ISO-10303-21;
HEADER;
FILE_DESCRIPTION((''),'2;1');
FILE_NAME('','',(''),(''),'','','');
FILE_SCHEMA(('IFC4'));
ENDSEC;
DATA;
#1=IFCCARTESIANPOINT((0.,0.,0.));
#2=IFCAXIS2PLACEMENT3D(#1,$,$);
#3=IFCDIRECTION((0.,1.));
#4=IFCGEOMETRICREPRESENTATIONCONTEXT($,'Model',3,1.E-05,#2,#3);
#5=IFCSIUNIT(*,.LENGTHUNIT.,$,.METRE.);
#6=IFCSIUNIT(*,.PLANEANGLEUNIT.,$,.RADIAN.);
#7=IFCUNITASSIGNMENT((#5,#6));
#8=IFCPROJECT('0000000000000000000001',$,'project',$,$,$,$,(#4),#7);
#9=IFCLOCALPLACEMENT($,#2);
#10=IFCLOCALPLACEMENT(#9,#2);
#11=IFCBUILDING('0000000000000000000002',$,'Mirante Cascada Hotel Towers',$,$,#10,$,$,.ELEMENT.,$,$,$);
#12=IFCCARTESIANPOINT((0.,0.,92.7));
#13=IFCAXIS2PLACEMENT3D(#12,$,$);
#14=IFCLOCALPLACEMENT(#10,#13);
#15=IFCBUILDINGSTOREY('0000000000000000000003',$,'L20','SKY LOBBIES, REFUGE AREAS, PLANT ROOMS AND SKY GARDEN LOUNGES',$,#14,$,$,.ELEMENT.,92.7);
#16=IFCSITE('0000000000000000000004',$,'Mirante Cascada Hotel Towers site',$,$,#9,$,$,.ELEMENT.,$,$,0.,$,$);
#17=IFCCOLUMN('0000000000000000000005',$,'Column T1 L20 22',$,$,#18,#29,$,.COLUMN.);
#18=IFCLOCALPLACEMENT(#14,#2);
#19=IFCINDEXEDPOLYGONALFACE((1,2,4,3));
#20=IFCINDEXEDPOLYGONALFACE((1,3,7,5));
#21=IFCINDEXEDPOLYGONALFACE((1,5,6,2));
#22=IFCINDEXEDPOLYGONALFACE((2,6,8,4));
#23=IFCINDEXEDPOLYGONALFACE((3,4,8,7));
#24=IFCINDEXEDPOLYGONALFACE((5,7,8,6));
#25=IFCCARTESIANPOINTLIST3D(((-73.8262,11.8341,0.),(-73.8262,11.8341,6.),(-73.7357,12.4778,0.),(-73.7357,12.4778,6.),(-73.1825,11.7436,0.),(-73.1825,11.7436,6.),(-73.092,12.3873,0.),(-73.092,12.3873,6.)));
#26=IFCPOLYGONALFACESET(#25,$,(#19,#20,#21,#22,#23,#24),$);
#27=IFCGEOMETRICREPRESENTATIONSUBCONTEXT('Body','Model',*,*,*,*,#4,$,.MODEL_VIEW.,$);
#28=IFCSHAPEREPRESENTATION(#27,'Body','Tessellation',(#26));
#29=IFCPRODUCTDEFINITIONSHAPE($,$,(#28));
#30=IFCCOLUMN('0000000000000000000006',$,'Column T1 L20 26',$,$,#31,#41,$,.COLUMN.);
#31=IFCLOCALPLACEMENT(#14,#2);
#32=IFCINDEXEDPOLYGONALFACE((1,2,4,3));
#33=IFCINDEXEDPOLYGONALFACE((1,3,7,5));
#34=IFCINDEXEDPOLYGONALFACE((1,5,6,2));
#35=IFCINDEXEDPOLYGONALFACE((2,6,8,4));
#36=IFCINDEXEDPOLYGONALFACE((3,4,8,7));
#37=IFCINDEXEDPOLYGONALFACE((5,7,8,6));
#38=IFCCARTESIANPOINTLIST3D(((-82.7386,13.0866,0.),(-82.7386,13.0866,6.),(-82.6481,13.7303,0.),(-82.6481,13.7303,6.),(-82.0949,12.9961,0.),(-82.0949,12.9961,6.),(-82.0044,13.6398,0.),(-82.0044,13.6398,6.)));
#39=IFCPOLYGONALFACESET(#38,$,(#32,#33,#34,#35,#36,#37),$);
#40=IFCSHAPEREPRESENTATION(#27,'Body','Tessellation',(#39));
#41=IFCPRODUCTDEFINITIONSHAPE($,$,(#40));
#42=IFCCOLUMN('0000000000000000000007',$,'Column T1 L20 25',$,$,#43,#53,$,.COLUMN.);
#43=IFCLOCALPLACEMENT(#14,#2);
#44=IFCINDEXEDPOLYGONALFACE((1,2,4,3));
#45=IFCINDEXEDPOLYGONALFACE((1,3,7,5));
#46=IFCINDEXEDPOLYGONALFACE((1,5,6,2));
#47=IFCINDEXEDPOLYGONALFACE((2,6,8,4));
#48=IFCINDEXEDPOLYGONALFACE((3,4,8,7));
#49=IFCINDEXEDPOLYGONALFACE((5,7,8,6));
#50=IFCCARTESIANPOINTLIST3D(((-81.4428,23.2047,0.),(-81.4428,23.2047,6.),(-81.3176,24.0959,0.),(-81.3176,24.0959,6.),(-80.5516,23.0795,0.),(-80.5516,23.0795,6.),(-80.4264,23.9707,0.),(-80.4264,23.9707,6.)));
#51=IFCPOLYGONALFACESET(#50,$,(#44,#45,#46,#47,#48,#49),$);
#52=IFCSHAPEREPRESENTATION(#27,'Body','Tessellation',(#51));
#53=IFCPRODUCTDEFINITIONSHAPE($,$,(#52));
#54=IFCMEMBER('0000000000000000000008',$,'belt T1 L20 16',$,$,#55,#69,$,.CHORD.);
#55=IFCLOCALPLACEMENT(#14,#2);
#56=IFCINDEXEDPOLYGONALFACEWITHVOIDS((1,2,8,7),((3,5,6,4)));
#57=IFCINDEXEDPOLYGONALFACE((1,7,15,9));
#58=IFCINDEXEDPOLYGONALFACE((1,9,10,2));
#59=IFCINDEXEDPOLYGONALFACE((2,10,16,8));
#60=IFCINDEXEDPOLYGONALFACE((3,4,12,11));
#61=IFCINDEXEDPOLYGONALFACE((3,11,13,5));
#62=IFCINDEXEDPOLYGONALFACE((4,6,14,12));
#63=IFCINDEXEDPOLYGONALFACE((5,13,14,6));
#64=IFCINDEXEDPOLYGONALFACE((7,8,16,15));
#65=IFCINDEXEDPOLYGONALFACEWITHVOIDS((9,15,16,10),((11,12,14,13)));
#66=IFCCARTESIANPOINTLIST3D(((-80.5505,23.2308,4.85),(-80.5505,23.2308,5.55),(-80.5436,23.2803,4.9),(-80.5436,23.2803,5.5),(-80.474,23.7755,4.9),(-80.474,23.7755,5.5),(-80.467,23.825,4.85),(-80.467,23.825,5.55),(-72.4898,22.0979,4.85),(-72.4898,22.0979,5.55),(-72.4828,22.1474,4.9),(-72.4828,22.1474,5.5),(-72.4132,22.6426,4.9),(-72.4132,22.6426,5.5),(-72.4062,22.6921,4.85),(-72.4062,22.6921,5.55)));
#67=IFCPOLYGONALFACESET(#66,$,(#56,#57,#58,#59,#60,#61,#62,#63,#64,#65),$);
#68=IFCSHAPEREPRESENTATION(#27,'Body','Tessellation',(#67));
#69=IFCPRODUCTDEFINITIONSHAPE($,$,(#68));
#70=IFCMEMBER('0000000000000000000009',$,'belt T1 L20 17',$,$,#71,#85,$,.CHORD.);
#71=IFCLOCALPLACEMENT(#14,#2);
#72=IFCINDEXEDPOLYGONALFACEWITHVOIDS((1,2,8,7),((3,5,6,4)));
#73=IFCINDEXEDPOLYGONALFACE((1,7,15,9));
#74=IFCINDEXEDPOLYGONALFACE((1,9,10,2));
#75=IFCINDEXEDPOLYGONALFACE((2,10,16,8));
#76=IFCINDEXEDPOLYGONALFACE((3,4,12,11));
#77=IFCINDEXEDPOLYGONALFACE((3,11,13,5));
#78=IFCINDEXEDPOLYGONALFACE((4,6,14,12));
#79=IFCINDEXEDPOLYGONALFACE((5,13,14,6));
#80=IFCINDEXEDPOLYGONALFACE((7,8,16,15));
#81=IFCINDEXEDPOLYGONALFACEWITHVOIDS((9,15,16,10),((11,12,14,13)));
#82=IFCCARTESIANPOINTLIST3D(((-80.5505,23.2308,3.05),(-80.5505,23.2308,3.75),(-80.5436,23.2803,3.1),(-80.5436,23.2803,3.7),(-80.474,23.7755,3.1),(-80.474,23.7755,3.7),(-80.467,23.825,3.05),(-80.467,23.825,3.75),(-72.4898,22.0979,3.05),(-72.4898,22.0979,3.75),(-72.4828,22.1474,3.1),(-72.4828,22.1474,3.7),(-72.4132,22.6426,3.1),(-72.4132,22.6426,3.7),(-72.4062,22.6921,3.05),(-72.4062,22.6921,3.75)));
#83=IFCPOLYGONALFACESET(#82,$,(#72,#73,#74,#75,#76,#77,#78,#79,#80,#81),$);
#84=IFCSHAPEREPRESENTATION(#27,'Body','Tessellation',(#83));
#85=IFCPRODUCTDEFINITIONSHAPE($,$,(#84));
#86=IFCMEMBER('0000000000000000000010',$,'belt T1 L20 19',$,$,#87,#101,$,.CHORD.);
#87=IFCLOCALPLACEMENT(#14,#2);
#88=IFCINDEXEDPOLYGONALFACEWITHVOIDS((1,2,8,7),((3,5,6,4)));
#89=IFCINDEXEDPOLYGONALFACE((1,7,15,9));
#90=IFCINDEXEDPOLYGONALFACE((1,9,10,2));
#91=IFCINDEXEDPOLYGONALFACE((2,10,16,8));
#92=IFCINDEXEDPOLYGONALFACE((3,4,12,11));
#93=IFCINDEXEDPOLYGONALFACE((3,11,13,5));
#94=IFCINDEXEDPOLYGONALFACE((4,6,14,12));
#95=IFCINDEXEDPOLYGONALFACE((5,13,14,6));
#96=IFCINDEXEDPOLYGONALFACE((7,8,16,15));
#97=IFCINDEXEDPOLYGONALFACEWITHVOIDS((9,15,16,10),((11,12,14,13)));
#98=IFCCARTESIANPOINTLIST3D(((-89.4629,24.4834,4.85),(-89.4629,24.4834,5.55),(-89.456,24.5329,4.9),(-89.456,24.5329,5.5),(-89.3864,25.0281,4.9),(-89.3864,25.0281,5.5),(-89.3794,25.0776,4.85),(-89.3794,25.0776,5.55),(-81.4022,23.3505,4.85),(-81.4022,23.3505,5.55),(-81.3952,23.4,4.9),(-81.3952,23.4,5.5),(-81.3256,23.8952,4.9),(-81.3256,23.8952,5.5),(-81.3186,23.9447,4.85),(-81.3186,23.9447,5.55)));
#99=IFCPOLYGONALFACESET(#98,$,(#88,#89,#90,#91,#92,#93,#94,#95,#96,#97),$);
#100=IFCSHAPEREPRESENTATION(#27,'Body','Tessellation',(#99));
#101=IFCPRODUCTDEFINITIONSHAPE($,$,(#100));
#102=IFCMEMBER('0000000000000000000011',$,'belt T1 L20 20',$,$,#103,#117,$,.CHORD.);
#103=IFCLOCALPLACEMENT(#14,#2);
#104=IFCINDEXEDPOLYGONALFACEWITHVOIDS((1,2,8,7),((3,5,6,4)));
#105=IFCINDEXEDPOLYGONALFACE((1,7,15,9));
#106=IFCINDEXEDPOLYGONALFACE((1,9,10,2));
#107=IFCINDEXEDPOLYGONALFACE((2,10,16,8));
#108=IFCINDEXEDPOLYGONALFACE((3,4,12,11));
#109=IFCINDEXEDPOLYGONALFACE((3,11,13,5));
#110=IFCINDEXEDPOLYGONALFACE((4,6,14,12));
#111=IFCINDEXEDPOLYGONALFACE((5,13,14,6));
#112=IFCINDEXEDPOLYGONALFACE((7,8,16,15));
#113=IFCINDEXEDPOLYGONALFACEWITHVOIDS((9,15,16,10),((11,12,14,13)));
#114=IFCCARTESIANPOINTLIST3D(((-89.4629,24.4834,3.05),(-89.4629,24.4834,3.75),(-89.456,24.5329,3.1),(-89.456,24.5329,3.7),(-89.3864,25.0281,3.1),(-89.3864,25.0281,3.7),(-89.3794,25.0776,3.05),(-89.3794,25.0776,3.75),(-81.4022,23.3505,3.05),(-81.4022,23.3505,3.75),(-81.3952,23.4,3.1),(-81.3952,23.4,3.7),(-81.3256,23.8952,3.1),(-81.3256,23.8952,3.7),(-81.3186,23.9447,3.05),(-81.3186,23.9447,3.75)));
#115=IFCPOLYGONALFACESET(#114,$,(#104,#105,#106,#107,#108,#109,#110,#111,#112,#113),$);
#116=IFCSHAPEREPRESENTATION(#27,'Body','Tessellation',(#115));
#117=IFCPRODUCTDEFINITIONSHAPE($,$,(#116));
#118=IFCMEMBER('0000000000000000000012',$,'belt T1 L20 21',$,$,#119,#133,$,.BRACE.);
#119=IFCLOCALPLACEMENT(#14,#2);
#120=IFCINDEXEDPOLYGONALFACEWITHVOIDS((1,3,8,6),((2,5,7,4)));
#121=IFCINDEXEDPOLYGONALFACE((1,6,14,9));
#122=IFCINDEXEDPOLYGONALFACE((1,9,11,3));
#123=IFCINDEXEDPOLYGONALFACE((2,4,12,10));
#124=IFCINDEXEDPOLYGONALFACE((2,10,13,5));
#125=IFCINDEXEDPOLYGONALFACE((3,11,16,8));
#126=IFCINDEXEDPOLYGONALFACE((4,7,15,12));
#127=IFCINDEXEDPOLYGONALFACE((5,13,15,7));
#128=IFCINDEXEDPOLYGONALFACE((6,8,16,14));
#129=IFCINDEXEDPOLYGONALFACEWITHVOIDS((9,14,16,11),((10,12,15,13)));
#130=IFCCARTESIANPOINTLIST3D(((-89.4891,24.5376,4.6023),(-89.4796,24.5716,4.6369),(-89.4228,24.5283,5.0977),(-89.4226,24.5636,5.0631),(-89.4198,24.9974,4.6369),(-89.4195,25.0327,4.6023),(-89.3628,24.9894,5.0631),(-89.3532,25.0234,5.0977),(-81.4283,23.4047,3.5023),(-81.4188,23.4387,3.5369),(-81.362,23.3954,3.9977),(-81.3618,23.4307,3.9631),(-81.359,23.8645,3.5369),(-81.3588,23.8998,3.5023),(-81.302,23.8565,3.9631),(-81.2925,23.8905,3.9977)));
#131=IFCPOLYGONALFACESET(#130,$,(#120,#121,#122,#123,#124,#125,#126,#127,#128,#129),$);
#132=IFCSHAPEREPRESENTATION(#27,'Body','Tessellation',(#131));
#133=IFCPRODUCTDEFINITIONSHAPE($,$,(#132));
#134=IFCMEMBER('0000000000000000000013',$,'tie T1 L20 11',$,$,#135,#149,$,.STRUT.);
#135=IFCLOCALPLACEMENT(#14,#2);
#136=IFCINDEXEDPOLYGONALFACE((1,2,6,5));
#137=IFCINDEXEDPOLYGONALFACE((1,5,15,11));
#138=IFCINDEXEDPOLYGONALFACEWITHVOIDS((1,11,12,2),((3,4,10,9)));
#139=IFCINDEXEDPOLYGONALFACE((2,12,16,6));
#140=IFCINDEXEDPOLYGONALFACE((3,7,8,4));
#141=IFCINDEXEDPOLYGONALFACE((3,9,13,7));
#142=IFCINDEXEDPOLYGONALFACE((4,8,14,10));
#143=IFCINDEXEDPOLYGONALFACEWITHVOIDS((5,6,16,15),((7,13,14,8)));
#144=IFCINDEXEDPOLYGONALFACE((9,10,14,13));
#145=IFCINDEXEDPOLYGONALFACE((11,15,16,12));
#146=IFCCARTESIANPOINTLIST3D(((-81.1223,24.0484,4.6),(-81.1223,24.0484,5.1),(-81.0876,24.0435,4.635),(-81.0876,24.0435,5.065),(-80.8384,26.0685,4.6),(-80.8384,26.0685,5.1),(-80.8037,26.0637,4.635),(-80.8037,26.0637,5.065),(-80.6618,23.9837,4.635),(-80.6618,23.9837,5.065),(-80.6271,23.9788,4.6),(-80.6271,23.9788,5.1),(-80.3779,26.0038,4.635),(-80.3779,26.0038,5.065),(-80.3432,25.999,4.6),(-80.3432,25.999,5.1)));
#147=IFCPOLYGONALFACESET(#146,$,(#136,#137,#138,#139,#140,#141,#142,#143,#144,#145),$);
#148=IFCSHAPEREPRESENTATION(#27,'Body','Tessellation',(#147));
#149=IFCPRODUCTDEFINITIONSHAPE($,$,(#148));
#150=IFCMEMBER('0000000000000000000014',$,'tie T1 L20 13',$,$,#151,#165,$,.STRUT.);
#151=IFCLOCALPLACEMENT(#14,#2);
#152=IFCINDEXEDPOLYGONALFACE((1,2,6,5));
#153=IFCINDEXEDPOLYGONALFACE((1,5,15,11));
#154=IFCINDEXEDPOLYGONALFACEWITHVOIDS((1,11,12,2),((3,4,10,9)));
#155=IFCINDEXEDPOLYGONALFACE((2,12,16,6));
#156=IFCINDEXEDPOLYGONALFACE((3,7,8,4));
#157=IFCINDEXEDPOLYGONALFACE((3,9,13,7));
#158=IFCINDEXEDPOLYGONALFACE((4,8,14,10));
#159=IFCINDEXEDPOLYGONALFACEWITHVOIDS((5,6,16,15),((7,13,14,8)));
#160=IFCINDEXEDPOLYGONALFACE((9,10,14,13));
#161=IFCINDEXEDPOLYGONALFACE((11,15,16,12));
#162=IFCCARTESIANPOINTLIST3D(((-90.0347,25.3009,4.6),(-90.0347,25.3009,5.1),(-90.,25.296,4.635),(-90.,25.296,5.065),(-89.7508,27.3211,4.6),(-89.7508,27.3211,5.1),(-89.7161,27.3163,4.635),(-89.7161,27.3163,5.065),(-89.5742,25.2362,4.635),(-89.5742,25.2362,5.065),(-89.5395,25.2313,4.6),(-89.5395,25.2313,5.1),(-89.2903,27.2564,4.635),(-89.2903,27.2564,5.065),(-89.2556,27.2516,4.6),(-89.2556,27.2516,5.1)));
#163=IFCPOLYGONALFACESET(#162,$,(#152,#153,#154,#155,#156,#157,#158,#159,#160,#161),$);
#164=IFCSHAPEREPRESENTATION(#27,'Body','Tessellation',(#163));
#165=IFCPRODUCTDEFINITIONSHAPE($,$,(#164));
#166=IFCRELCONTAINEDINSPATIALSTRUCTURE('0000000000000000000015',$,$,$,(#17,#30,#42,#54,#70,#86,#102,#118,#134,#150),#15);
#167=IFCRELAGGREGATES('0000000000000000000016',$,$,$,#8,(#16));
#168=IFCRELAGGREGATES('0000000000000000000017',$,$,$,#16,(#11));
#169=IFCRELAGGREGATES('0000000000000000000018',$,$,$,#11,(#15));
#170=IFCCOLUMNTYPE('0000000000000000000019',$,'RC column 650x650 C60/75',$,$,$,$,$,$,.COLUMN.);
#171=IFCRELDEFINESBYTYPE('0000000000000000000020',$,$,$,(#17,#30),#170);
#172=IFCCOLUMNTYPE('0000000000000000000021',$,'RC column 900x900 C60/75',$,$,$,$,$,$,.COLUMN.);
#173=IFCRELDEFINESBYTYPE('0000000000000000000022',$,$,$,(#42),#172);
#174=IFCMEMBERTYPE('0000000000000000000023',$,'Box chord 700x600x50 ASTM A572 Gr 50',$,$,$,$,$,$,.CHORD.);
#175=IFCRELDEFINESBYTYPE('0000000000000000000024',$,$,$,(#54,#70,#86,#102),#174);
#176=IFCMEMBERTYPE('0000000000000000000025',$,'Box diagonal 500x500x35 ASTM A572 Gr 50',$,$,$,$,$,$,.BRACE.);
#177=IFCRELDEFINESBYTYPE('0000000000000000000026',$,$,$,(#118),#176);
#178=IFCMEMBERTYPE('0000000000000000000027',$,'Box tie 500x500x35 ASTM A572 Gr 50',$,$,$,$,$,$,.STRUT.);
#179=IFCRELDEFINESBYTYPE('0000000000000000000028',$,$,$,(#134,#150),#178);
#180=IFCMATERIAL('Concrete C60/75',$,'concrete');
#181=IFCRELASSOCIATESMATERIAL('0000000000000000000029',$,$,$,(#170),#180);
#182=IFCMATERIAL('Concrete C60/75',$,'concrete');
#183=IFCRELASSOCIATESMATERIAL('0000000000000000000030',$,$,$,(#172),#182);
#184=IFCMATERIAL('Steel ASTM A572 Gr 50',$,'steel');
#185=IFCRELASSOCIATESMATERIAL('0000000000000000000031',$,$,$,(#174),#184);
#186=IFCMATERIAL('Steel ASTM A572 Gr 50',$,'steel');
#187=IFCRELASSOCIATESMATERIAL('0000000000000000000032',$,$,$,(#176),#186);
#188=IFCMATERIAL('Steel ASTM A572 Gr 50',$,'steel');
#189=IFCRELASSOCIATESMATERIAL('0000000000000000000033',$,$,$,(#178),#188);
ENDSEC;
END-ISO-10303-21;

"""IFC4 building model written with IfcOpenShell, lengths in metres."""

from ifc_helpers import new_model, si_unit, direction, frame, origin, origin_2d, place, context, subcontext, project, spatial, rectangle, hollow_rectangle, extrude, material, material_profile, profile_set, type_object, element, save


model = new_model("IFC4")

# Units and contexts
model_context = context("Model", 3, precision=1e-05, world=origin(), true_north=direction((0.0, 1.0)))
body_context = subcontext(model_context, "Body", "Model", "MODEL_VIEW")
ifc_project = project(units=[si_unit("LENGTHUNIT", "METRE"), si_unit("PLANEANGLEUNIT", "RADIAN")], contexts=[model_context])

# Site, building, storey
site_placement = place(None, origin())
site = spatial("IfcSite", under=ifc_project, at=site_placement, Name="Mirante Cascada Hotel Towers site", CompositionType="ELEMENT", RefElevation=0.0)
building_placement = place(site_placement, origin())
building = spatial("IfcBuilding", under=site, at=building_placement, Name="Mirante Cascada Hotel Towers", CompositionType="ELEMENT")
storey_placement = place(building_placement, frame((0.0, 0.0, 92.7)))
storey = spatial("IfcBuildingStorey", under=building, at=storey_placement, Name="L20", Description="SKY LOBBIES, REFUGE AREAS, PLANT ROOMS AND SKY GARDEN LOUNGES", CompositionType="ELEMENT", Elevation=92.7)

# Columns
ifc_material_1 = material(Name="Concrete C60/75", Category="concrete")
ifc_material_profile_1 = material_profile(ifc_material_1, rectangle(XDim=0.65, YDim=0.65, at=origin_2d()), Name="RC column 650x650 C60/75")
ifc_profile_set_1 = profile_set([ifc_material_profile_1], Name="Concrete C60/75")
column_type_1 = type_object("IfcColumnType", Name="RC column 650x650 C60/75", PredefinedType="COLUMN", material=ifc_profile_set_1)
for number, where, z_axis, x_axis, name in (
    (1, (-73.4591, 12.1107, 0.0), (0.0, 0.0, 1.0), (-0.990268, 0.139173, 0.0), "Column T1 L20 22"),
    (2, (-82.3715, 13.3632, 0.0), (0.0, 0.0, 1.0), (-0.990268, 0.139173, 0.0), "Column T1 L20 26"),
):
    element("IfcColumn", number, at=place(storey_placement, frame(where, z_axis=z_axis, x_axis=x_axis)), inside=storey, type_object=column_type_1, Name=name, PredefinedType="COLUMN", context=body_context, shape_type="SweptSolid", body=[
        extrude(rectangle(XDim=0.65, YDim=0.65, at=origin_2d()), origin(), (0.0, 0.0, 1.0), 6.0),
    ])
ifc_material_2 = material(Name="Concrete C60/75", Category="concrete")
ifc_material_profile_2 = material_profile(ifc_material_2, rectangle(XDim=0.9, YDim=0.9, at=origin_2d()), Name="RC column 900x900 C60/75")
ifc_profile_set_2 = profile_set([ifc_material_profile_2], Name="Concrete C60/75")
column_type_2 = type_object("IfcColumnType", Name="RC column 900x900 C60/75", PredefinedType="COLUMN", material=ifc_profile_set_2)
column_placement = place(storey_placement, frame((-80.9346, 23.5877, 0.0), z_axis=(0.0, 0.0, 1.0), x_axis=(-0.990268, 0.139173, 0.0)))
element("IfcColumn", 3, at=column_placement, inside=storey, type_object=column_type_2, Name="Column T1 L20 25", PredefinedType="COLUMN", context=body_context, shape_type="SweptSolid", body=[
    extrude(rectangle(XDim=0.9, YDim=0.9, at=origin_2d()), origin(), (0.0, 0.0, 1.0), 6.0),
])

# Members
ifc_material_3 = material(Name="Steel ASTM A572 Gr 50", Category="steel")
ifc_material_profile_3 = material_profile(ifc_material_3, hollow_rectangle(XDim=0.6, YDim=0.7, WallThickness=0.05, at=origin_2d()), Name="Box chord 700x600x50 ASTM A572 Gr 50")
ifc_profile_set_3 = profile_set([ifc_material_profile_3], Name="Steel ASTM A572 Gr 50")
member_type_1 = type_object("IfcMemberType", Name="Box chord 700x600x50 ASTM A572 Gr 50", PredefinedType="CHORD", material=ifc_profile_set_3)
for number, where, z_axis, x_axis, name in (
    (4, (-72.448, 22.395, 5.2), (-0.990268, 0.139177, 0.0), (-0.139177, -0.990268, 0.0), "belt T1 L20 16"),
    (5, (-72.448, 22.395, 3.4), (-0.990268, 0.139177, 0.0), (-0.139177, -0.990268, 0.0), "belt T1 L20 17"),
    (6, (-81.3604, 23.6476, 5.2), (-0.990268, 0.139177, 0.0), (-0.139177, -0.990268, 0.0), "belt T1 L20 19"),
    (7, (-81.3604, 23.6476, 3.4), (-0.990268, 0.139177, 0.0), (-0.139177, -0.990268, 0.0), "belt T1 L20 20"),
):
    element("IfcMember", number, at=place(storey_placement, frame(where, z_axis=z_axis, x_axis=x_axis)), inside=storey, type_object=member_type_1, Name=name, PredefinedType="CHORD", context=body_context, shape_type="SweptSolid", body=[
        extrude(hollow_rectangle(XDim=0.6, YDim=0.7, WallThickness=0.05, at=origin_2d()), origin(), (0.0, 0.0, 1.0), 8.14),
    ])
ifc_material_4 = material(Name="Steel ASTM A572 Gr 50", Category="steel")
ifc_material_profile_4 = material_profile(ifc_material_4, hollow_rectangle(XDim=0.5, YDim=0.5, WallThickness=0.035, at=origin_2d()), Name="Box diagonal 500x500x35 ASTM A572 Gr 50")
ifc_profile_set_4 = profile_set([ifc_material_profile_4], Name="Steel ASTM A572 Gr 50")
member_type_2 = type_object("IfcMemberType", Name="Box diagonal 500x500x35 ASTM A572 Gr 50", PredefinedType="BRACE", material=ifc_profile_set_4)
member_1_placement = place(storey_placement, frame((-81.3604, 23.6476, 3.75), z_axis=(-0.981348, 0.137923, 0.133917), x_axis=(-0.139177, -0.990268, 0.0)))
element("IfcMember", 8, at=member_1_placement, inside=storey, type_object=member_type_2, Name="belt T1 L20 21", PredefinedType="BRACE", context=body_context, shape_type="SweptSolid", body=[
    extrude(hollow_rectangle(XDim=0.5, YDim=0.5, WallThickness=0.035, at=origin_2d()), origin(), (0.0, 0.0, 1.0), 8.214),
])
ifc_material_5 = material(Name="Steel ASTM A572 Gr 50", Category="steel")
ifc_material_profile_5 = material_profile(ifc_material_5, hollow_rectangle(XDim=0.5, YDim=0.5, WallThickness=0.035, at=origin_2d()), Name="Box tie 500x500x35 ASTM A572 Gr 50")
ifc_profile_set_5 = profile_set([ifc_material_profile_5], Name="Steel ASTM A572 Gr 50")
member_type_3 = type_object("IfcMemberType", Name="Box tie 500x500x35 ASTM A572 Gr 50", PredefinedType="STRUT", material=ifc_profile_set_5)
member_2_placement = place(storey_placement, frame((-80.8747, 24.0136, 4.85), z_axis=(0.13917, 0.990268, 0.0), x_axis=(-0.990268, 0.13917, 0.0)))
element("IfcMember", 9, at=member_2_placement, inside=storey, type_object=member_type_3, Name="tie T1 L20 11", PredefinedType="STRUT", context=body_context, shape_type="SweptSolid", body=[
    extrude(hollow_rectangle(XDim=0.5, YDim=0.5, WallThickness=0.035, at=origin_2d()), origin(), (0.0, 0.0, 1.0), 2.04),
])
member_3_placement = place(storey_placement, frame((-89.7871, 25.2661, 4.85), z_axis=(0.139163, 0.99027, 0.0), x_axis=(-0.99027, 0.139163, 0.0)))
element("IfcMember", 10, at=member_3_placement, inside=storey, type_object=member_type_3, Name="tie T1 L20 13", PredefinedType="STRUT", context=body_context, shape_type="SweptSolid", body=[
    extrude(hollow_rectangle(XDim=0.5, YDim=0.5, WallThickness=0.035, at=origin_2d()), origin(), (0.0, 0.0, 1.0), 2.0401),
])

save(model, "model.ifc")
